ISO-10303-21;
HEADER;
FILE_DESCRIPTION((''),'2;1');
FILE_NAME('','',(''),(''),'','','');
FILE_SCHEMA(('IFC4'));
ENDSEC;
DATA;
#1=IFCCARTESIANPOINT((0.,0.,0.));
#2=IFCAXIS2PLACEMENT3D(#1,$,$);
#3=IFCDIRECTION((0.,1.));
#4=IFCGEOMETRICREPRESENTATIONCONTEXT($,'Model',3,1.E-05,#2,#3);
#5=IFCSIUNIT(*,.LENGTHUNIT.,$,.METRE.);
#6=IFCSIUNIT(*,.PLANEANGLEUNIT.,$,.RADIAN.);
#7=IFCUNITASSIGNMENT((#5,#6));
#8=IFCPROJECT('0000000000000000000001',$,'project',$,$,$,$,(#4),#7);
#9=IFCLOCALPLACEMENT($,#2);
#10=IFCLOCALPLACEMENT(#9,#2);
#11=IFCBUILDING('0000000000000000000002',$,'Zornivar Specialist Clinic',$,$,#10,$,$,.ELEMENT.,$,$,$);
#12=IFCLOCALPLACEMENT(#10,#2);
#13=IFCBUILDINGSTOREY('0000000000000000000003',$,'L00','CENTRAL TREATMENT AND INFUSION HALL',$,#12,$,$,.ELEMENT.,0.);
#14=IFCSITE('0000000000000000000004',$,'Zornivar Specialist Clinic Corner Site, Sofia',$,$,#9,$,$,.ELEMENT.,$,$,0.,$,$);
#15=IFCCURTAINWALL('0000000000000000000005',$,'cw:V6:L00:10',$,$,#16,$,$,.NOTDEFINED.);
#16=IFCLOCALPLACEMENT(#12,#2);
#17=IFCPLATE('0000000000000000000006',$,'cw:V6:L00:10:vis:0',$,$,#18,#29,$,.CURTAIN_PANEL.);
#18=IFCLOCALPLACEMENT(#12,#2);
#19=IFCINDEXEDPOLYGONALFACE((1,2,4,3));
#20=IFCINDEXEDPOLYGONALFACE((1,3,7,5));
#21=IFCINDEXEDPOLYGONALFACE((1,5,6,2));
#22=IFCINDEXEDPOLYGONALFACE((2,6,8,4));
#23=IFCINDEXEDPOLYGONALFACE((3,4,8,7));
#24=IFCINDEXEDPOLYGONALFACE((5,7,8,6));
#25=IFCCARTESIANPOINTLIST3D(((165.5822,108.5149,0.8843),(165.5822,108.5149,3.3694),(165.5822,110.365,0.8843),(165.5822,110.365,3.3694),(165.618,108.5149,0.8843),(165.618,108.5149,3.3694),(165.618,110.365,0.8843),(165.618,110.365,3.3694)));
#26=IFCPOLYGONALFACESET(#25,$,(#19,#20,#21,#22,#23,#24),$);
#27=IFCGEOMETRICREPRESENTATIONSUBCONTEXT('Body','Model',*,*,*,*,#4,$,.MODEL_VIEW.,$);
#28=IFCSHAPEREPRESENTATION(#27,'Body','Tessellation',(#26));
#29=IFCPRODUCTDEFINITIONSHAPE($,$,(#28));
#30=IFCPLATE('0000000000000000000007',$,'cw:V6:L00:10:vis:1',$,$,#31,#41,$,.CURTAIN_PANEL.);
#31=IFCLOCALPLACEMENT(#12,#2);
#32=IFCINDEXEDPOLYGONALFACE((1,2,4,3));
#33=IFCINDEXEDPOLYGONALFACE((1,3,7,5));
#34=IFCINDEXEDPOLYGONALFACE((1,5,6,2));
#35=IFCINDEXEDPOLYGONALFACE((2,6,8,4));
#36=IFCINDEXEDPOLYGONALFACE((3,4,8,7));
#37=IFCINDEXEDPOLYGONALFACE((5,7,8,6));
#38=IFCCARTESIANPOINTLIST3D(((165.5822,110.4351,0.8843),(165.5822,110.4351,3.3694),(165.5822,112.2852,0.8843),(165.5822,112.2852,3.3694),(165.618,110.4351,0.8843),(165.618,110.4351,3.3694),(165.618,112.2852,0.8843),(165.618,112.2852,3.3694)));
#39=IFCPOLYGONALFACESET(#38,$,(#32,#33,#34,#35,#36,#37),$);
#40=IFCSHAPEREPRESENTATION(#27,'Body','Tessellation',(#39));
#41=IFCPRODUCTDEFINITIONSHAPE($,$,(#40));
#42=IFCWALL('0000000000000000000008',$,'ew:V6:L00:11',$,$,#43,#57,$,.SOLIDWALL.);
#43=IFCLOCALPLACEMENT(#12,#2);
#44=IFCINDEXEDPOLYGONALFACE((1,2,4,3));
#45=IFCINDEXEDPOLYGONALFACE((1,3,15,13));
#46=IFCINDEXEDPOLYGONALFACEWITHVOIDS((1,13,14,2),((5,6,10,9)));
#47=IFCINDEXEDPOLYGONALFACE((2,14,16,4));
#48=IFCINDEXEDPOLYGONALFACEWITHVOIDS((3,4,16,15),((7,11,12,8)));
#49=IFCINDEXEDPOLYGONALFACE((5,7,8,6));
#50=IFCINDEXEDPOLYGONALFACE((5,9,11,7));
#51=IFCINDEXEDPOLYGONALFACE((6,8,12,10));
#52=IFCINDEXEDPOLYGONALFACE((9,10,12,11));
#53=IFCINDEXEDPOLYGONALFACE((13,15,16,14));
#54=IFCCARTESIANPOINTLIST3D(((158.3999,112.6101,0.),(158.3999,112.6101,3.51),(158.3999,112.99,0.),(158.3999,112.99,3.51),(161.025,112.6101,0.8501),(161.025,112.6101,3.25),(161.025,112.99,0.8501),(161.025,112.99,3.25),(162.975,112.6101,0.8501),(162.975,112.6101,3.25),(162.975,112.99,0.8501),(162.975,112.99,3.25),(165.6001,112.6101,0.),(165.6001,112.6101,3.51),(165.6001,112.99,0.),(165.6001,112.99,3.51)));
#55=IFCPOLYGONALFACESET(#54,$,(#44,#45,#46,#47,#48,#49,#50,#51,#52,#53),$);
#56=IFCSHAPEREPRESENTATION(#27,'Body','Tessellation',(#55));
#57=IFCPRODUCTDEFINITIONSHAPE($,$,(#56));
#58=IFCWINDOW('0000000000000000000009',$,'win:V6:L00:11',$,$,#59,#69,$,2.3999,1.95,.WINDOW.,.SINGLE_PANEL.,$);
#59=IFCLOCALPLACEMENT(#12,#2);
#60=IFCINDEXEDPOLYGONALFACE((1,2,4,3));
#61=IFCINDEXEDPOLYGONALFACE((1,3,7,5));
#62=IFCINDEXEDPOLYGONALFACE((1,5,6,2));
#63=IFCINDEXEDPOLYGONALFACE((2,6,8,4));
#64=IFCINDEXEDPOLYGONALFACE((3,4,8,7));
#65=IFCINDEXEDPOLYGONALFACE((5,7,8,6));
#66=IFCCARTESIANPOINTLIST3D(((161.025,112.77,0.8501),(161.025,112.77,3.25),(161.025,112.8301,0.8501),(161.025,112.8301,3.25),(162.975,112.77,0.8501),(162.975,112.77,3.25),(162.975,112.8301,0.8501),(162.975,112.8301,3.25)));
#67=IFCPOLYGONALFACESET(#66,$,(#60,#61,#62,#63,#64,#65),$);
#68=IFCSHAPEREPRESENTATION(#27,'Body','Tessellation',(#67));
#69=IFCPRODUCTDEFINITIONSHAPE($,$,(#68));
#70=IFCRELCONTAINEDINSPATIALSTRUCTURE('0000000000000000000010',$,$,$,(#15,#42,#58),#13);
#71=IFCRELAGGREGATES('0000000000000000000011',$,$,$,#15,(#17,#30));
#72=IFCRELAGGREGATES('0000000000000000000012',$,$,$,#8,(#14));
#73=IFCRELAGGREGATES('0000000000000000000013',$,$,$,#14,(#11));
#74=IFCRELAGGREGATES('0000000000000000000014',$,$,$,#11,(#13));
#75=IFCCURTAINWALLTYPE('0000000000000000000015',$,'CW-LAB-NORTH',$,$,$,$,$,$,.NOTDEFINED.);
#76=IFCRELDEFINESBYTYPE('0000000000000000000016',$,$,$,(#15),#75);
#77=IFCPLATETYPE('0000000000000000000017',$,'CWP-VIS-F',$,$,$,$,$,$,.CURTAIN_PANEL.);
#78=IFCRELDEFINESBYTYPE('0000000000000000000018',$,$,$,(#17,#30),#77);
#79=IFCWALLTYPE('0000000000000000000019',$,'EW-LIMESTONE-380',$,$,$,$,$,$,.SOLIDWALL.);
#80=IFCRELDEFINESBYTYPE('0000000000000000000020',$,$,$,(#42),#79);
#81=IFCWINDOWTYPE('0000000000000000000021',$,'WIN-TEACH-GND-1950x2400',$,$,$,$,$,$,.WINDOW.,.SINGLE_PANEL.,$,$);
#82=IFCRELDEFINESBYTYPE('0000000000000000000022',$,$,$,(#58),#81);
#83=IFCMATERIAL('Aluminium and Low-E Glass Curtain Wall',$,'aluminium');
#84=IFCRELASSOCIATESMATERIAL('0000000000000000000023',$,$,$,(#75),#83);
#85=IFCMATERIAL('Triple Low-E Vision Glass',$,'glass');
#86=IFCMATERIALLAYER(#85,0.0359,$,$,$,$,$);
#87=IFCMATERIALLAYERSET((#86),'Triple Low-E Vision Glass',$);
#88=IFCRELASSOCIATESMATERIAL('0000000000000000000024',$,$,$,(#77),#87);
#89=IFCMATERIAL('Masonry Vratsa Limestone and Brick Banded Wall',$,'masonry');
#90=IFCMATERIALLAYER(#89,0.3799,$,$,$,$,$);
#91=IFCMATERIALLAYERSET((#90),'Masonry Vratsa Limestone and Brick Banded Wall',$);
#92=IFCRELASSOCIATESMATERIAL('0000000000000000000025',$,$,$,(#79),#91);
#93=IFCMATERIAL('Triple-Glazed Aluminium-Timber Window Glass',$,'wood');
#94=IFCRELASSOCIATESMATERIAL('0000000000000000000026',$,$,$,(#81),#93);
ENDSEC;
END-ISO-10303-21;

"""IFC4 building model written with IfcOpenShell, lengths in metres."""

from ifc_helpers import new_model, si_unit, direction, frame, frame_2d, origin, origin_2d, place, context, subcontext, project, spatial, rectangle, extrude, material, layer, layer_set, type_object, element, fill, aggregate, save


model = new_model("IFC4")

# Units and contexts
model_context = context("Model", 3, precision=1e-05, world=origin(), true_north=direction((0.0, 1.0)))
body_context = subcontext(model_context, "Body", "Model", "MODEL_VIEW")
ifc_project = project(units=[si_unit("LENGTHUNIT", "METRE"), si_unit("PLANEANGLEUNIT", "RADIAN")], contexts=[model_context])

# Site, building, storey
site_placement = place(None, origin())
site = spatial("IfcSite", under=ifc_project, at=site_placement, Name="Zornivar Specialist Clinic Corner Site, Sofia", CompositionType="ELEMENT", RefElevation=0.0)
building_placement = place(site_placement, origin())
building = spatial("IfcBuilding", under=site, at=building_placement, Name="Zornivar Specialist Clinic", CompositionType="ELEMENT")
storey_placement = place(building_placement, origin())
storey = spatial("IfcBuildingStorey", under=building, at=storey_placement, Name="L00", Description="CENTRAL TREATMENT AND INFUSION HALL", CompositionType="ELEMENT", Elevation=0.0)

# Curtain wall, plates
ifc_material_1 = material(Name="Aluminium and Low-E Glass Curtain Wall", Category="aluminium")
curtain_wall_type = type_object("IfcCurtainWallType", Name="CW-LAB-NORTH", PredefinedType="NOTDEFINED", material=ifc_material_1)
curtain_wall_placement = place(storey_placement, origin())
curtain_wall = element("IfcCurtainWall", 1, at=curtain_wall_placement, inside=storey, type_object=curtain_wall_type, Name="cw:V6:L00:10", PredefinedType="NOTDEFINED")
ifc_material_2 = material(Name="Triple Low-E Vision Glass", Category="glass")
ifc_layer_1 = layer(ifc_material_2, 0.0359)
ifc_layer_set_1 = layer_set([ifc_layer_1], Name="Triple Low-E Vision Glass")
plate_type_1 = type_object("IfcPlateType", Name="CWP-VIS-F", PredefinedType="CURTAIN_PANEL", material=ifc_layer_set_1)
plate_1_placement = place(storey_placement, frame((165.6001, 109.4399, 0.8843), z_axis=(0.0, 0.0, 1.0), x_axis=(0.0, 1.0, 0.0)))
plate_1 = element("IfcPlate", 2, at=plate_1_placement, type_object=plate_type_1, Name="cw:V6:L00:10:vis:0", PredefinedType="CURTAIN_PANEL", context=body_context, shape_type="SweptSolid", body=[
    extrude(rectangle(XDim=1.8501, YDim=0.0359, at=origin_2d()), origin(), (0.0, 0.0, 1.0), 2.4851),
])
plate_2_placement = place(storey_placement, frame((165.6001, 111.3601, 0.8843), z_axis=(0.0, 0.0, 1.0), x_axis=(0.0, 1.0, 0.0)))
plate_2 = element("IfcPlate", 3, at=plate_2_placement, type_object=plate_type_1, Name="cw:V6:L00:10:vis:1", PredefinedType="CURTAIN_PANEL", context=body_context, shape_type="SweptSolid", body=[
    extrude(rectangle(XDim=1.8501, YDim=0.0359, at=origin_2d()), origin(), (0.0, 0.0, 1.0), 2.4851),
])
aggregate(curtain_wall, [plate_1, plate_2])

# Wall, opening, window
ifc_material_3 = material(Name="Masonry Vratsa Limestone and Brick Banded Wall", Category="masonry")
ifc_layer_2 = layer(ifc_material_3, 0.3799)
ifc_layer_set_2 = layer_set([ifc_layer_2], Name="Masonry Vratsa Limestone and Brick Banded Wall")
wall_type = type_object("IfcWallType", Name="EW-LIMESTONE-380", PredefinedType="SOLIDWALL", material=ifc_layer_set_2)
wall_placement = place(storey_placement, frame((165.6001, 112.8, 0.0), z_axis=(0.0, 0.0, 1.0), x_axis=(-1.0, 0.0, 0.0)))
wall = element("IfcWall", 4, at=wall_placement, inside=storey, type_object=wall_type, Name="ew:V6:L00:11", PredefinedType="SOLIDWALL", context=body_context, shape_type="SweptSolid", body=[
    extrude(rectangle(XDim=7.2002, YDim=0.3799, at=frame_2d((3.6001, 0.0))), origin(), (0.0, 0.0, 1.0), 3.51),
])
opening_placement = place(wall_placement, frame((2.625, 0.0, 0.8501)))
opening = element("IfcOpeningElement", 5, at=opening_placement, cuts=wall, PredefinedType="OPENING", context=body_context, shape_type="SweptSolid", body=[
    extrude(rectangle(XDim=1.95, YDim=2.3999, at=frame_2d((0.9751, 1.2))), frame((0.0, 0.2, 0.0), z_axis=(0.0, -1.0, 0.0), x_axis=(1.0, 0.0, 0.0)), (0.0, 0.0, 1.0), 0.3999),
])
ifc_material_4 = material(Name="Triple-Glazed Aluminium-Timber Window Glass", Category="wood")
window_type = type_object("IfcWindowType", Name="WIN-TEACH-GND-1950x2400", PartitioningType="SINGLE_PANEL", PredefinedType="WINDOW", material=ifc_material_4)
window_placement = place(opening_placement, origin())
window = element("IfcWindow", 6, at=window_placement, inside=storey, type_object=window_type, Name="win:V6:L00:11", OverallHeight=2.3999, OverallWidth=1.95, PartitioningType="SINGLE_PANEL", PredefinedType="WINDOW", context=body_context, shape_type="SweptSolid", body=[
    extrude(rectangle(XDim=1.95, YDim=2.3999, at=frame_2d((0.9751, 1.2))), frame((0.0, 0.03, 0.0), z_axis=(0.0, -1.0, 0.0), x_axis=(1.0, 0.0, 0.0)), (0.0, 0.0, 1.0), 0.0601),
])
fill(opening, window)

save(model, "model.ifc")
